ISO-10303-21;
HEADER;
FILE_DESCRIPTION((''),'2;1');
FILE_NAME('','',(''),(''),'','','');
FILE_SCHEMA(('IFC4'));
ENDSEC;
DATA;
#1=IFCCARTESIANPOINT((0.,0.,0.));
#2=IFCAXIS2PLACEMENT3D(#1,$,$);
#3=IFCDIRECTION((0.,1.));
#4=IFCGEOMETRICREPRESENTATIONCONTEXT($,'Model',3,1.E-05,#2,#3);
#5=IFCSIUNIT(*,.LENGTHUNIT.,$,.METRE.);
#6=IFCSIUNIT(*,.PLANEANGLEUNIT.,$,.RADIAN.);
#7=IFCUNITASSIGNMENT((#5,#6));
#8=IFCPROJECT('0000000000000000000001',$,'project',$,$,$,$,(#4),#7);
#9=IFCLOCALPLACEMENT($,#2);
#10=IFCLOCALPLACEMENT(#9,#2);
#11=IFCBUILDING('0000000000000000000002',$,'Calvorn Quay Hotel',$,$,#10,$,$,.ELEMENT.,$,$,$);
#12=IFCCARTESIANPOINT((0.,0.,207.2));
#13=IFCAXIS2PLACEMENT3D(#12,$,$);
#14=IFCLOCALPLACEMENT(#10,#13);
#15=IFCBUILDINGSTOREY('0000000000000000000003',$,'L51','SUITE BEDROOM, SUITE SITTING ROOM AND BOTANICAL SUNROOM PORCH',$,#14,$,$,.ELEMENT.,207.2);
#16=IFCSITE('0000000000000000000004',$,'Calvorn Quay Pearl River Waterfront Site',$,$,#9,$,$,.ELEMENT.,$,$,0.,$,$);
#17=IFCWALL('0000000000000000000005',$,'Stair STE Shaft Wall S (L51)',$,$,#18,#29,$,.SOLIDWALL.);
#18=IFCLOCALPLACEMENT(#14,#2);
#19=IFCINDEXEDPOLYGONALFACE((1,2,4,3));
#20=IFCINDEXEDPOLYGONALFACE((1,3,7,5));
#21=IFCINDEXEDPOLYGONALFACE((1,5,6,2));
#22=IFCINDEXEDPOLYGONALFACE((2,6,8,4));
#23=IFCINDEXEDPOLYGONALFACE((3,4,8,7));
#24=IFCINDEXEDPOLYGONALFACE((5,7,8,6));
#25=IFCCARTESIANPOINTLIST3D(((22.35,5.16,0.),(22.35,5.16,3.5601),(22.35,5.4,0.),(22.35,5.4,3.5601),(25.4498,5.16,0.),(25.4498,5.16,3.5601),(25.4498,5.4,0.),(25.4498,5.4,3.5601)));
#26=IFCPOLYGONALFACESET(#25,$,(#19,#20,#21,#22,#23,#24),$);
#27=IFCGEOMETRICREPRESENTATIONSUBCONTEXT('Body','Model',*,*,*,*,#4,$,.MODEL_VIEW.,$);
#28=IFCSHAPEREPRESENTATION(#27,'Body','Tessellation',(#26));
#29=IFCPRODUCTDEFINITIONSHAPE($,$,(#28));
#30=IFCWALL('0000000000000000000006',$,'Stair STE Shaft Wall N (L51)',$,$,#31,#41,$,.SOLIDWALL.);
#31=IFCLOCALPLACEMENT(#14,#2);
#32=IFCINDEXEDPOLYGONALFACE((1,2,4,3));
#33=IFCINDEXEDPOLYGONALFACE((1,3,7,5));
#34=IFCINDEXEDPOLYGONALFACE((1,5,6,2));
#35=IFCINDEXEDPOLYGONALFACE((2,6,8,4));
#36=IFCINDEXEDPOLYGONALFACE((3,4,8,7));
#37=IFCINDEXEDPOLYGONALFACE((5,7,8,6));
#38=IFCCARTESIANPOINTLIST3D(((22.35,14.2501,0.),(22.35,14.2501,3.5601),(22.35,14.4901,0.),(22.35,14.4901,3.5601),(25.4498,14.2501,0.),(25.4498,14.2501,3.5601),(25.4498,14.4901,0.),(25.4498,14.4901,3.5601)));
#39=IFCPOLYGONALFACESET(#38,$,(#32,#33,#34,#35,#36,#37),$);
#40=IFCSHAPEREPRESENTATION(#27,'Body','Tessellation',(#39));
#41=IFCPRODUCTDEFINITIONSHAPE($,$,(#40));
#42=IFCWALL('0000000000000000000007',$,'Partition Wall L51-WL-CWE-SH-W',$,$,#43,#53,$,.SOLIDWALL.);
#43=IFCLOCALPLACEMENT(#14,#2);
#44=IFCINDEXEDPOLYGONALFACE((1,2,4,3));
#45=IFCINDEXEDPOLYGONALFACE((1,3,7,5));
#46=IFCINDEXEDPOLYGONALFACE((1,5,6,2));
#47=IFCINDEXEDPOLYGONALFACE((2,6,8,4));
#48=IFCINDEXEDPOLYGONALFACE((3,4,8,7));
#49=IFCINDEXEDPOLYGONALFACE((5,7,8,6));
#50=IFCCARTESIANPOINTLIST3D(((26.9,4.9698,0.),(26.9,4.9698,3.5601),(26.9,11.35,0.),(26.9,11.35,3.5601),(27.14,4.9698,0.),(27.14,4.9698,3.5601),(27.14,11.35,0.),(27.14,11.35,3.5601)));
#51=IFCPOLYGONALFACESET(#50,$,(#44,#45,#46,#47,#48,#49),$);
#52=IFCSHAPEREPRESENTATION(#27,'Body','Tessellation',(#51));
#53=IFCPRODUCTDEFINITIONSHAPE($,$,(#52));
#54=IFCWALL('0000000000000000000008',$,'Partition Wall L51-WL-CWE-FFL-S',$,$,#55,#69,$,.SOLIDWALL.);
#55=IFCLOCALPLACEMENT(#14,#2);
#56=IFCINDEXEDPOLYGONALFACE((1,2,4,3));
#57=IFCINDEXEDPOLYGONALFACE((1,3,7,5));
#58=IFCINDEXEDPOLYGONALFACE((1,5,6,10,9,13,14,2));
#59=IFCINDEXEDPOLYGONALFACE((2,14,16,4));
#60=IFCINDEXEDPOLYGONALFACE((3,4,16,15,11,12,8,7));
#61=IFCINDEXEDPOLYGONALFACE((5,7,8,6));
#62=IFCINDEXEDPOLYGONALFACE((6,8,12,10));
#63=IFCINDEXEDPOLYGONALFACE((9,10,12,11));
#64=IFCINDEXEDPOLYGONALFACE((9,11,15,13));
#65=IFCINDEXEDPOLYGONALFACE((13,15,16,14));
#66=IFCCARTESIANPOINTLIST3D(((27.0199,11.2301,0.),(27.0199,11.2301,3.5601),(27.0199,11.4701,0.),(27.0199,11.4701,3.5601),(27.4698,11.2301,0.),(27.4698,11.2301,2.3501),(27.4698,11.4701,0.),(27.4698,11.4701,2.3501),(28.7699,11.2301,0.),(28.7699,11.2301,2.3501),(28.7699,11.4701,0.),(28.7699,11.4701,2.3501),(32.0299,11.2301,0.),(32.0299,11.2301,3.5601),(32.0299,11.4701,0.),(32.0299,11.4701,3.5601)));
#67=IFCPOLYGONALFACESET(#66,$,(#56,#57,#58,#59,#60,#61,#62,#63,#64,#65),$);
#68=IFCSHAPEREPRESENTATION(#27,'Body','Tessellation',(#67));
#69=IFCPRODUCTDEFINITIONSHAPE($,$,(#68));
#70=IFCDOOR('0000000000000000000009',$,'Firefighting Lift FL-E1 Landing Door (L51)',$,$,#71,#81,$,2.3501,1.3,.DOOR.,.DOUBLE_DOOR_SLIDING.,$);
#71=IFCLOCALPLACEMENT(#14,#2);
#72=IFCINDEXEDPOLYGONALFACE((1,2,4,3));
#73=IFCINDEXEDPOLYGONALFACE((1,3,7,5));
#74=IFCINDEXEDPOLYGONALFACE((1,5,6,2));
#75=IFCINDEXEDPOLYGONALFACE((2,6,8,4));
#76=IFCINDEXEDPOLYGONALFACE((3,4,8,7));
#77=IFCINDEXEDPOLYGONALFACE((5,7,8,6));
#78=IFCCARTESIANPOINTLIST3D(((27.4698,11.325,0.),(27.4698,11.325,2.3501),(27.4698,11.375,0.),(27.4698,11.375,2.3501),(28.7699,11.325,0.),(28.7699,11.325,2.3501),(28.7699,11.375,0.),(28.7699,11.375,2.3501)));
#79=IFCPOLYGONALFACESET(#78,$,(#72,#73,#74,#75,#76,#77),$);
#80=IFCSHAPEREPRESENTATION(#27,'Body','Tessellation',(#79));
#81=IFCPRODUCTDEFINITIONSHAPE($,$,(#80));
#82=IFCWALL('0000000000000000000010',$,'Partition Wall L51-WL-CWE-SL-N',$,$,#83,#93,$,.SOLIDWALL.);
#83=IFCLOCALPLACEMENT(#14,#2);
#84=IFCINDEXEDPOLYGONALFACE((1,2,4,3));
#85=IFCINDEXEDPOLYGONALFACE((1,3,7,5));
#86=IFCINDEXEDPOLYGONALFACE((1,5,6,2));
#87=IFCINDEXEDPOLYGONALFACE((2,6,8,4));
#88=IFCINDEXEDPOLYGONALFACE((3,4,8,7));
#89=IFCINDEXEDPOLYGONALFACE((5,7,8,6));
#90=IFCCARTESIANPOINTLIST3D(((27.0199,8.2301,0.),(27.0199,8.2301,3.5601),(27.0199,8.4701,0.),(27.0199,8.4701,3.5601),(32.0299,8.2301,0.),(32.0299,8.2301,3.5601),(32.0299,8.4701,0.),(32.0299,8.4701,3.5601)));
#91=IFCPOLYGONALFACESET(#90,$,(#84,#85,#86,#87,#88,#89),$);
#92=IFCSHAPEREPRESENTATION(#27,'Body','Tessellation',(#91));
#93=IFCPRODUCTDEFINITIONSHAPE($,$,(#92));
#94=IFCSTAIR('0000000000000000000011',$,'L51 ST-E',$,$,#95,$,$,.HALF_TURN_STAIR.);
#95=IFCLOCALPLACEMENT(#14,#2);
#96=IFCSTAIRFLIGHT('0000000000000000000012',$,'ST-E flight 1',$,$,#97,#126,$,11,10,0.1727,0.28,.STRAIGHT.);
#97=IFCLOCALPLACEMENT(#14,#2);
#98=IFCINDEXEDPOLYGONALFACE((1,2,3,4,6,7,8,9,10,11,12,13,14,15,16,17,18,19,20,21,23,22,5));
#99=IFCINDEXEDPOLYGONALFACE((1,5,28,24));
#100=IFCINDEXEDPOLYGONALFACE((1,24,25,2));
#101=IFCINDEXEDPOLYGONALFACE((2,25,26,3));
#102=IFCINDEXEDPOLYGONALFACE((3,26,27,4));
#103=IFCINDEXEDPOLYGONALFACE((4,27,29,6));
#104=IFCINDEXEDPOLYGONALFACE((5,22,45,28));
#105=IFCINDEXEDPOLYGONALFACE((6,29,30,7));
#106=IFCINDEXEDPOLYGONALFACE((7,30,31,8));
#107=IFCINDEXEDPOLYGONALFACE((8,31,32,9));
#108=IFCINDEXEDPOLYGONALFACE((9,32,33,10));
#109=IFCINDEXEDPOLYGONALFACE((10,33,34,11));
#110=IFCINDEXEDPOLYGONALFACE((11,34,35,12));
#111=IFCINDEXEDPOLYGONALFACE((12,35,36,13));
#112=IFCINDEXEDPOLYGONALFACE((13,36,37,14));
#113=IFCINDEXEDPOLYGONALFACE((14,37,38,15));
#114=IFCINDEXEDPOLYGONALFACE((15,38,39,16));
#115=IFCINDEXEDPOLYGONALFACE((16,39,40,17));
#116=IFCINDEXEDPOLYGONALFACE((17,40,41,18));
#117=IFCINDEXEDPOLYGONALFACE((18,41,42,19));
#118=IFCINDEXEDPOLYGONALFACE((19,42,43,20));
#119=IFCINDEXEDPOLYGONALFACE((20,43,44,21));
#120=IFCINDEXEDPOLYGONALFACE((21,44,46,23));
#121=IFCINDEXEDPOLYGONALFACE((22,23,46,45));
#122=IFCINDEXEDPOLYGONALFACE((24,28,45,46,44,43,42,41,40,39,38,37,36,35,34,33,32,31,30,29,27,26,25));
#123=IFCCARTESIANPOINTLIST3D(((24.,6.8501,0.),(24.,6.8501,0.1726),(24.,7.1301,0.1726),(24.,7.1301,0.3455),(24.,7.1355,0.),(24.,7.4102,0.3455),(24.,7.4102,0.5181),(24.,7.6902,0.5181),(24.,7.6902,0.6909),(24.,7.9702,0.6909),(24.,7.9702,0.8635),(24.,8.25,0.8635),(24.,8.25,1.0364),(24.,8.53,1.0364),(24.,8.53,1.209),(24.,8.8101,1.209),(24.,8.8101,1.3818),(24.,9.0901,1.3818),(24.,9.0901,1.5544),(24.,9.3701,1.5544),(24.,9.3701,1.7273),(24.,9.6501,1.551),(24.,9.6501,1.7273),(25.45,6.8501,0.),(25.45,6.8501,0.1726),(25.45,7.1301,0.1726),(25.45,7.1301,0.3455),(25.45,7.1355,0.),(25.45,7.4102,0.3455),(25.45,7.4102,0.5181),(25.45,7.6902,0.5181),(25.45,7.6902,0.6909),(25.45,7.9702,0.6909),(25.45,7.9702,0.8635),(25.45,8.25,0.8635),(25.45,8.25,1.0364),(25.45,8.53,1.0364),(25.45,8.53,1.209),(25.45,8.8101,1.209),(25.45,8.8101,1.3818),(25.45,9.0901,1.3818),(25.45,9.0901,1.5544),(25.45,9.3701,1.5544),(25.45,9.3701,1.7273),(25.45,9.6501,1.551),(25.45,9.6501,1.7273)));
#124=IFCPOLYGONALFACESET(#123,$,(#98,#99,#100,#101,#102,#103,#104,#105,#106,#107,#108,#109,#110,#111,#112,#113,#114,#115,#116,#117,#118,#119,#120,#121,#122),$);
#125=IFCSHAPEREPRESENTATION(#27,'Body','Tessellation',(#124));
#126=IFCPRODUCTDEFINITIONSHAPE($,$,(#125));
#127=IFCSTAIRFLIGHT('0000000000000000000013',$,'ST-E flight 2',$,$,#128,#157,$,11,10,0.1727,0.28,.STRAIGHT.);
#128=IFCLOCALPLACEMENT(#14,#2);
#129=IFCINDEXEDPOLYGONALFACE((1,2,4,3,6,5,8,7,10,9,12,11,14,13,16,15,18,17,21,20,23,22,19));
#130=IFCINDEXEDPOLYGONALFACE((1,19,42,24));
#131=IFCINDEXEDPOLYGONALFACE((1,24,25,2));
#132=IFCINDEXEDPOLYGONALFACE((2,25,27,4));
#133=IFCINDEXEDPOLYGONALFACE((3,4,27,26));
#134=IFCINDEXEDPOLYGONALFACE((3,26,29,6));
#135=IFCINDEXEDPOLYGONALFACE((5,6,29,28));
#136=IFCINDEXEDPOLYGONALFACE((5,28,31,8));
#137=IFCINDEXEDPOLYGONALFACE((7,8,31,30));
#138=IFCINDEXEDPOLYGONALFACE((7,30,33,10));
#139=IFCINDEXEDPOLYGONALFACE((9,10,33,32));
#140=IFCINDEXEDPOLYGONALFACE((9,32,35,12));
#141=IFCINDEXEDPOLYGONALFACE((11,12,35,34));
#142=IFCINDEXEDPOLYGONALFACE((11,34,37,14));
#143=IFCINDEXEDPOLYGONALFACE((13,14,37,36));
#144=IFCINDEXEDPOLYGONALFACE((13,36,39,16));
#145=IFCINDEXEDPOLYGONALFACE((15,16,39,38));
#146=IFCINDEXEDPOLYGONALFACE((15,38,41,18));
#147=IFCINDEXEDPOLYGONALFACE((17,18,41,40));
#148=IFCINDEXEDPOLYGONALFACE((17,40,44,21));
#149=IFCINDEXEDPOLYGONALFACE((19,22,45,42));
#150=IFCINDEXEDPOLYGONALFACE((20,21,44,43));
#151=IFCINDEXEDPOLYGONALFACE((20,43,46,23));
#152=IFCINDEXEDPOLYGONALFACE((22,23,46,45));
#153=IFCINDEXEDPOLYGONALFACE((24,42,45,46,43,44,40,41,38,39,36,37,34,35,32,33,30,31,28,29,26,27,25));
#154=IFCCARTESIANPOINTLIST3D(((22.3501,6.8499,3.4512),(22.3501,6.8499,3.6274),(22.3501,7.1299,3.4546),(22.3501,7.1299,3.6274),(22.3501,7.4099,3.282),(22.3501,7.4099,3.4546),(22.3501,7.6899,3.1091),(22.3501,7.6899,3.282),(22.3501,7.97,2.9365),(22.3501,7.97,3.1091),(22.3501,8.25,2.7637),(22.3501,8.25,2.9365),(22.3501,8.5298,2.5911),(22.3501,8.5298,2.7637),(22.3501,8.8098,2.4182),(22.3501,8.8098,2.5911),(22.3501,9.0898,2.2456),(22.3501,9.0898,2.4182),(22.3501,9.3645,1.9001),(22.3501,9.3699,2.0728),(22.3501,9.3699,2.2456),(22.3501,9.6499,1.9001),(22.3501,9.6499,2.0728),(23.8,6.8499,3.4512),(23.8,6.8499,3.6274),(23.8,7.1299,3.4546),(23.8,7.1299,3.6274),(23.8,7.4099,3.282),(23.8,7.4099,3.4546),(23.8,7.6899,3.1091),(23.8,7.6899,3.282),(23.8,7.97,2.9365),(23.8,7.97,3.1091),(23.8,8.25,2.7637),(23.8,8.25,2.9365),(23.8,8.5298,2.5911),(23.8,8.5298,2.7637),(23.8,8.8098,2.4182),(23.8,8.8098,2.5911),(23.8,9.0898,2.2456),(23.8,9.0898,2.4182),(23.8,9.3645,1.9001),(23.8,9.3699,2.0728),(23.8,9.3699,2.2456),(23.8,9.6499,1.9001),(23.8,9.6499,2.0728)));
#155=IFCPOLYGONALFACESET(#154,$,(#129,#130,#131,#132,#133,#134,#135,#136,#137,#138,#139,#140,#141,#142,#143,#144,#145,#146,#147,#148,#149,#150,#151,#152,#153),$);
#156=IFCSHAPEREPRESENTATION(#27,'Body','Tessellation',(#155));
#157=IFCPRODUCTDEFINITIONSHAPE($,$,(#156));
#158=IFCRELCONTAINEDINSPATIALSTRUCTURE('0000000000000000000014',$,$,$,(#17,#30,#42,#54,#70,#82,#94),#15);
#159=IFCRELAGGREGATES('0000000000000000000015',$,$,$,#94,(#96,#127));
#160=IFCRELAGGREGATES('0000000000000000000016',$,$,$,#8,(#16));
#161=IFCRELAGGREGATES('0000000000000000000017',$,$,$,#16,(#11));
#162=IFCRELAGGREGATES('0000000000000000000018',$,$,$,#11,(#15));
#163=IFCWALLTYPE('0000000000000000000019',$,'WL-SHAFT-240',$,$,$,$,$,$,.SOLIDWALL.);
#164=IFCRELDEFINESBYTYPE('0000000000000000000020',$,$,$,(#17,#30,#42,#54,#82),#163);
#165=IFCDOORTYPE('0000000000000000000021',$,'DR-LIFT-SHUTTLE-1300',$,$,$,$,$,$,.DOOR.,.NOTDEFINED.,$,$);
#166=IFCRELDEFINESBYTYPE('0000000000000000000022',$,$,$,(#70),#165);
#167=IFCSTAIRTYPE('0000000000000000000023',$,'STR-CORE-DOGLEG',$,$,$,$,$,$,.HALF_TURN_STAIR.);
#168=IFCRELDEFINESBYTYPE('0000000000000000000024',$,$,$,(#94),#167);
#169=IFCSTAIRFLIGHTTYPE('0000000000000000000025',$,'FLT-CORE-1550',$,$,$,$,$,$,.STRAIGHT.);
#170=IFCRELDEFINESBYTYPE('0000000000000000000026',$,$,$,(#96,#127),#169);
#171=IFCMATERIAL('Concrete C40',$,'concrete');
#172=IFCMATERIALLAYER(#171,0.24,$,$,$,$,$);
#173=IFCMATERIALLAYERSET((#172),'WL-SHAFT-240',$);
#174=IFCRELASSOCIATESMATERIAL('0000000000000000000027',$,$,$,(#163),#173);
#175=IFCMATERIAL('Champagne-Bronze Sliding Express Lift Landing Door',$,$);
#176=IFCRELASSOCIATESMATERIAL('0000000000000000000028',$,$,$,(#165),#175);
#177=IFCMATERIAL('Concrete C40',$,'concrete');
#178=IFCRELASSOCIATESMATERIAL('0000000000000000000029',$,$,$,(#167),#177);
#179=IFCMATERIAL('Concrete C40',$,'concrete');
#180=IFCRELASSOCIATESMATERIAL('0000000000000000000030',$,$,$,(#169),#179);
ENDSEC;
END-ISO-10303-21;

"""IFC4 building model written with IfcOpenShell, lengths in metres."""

from ifc_helpers import new_model, si_unit, direction, frame, frame_2d, origin, place, context, subcontext, project, spatial, polyline, rectangle, outline, extrude, material, layer, layer_set, type_object, element, fill, aggregate, save


model = new_model("IFC4")

# Units and contexts
model_context = context("Model", 3, precision=1e-05, world=origin(), true_north=direction((0.0, 1.0)))
body_context = subcontext(model_context, "Body", "Model", "MODEL_VIEW")
ifc_project = project(units=[si_unit("LENGTHUNIT", "METRE"), si_unit("PLANEANGLEUNIT", "RADIAN")], contexts=[model_context])

# Site, building, storey
site_placement = place(None, origin())
site = spatial("IfcSite", under=ifc_project, at=site_placement, Name="Calvorn Quay Pearl River Waterfront Site", CompositionType="ELEMENT", RefElevation=0.0)
building_placement = place(site_placement, origin())
building = spatial("IfcBuilding", under=site, at=building_placement, Name="Calvorn Quay Hotel", CompositionType="ELEMENT")
storey_placement = place(building_placement, frame((0.0, 0.0, 207.2)))
storey = spatial("IfcBuildingStorey", under=building, at=storey_placement, Name="L51", Description="SUITE BEDROOM, SUITE SITTING ROOM AND BOTANICAL SUNROOM PORCH", CompositionType="ELEMENT", Elevation=207.2)

# Shared definitions
ifc_material_1 = material(Name="Concrete C40", Category="concrete")
ifc_layer_1 = layer(ifc_material_1, 0.24)
ifc_layer_set_1 = layer_set([ifc_layer_1], Name="WL-SHAFT-240")
wall_type_1 = type_object("IfcWallType", Name="WL-SHAFT-240", PredefinedType="SOLIDWALL", material=ifc_layer_set_1)

# Walls
for number, where, z_axis, x_axis, name in (
    (1, (22.3501, 5.28, 0.0), (0.0, 0.0, 1.0), (1.0, 0.0, 0.0), "Stair STE Shaft Wall S (L51)"),
    (2, (22.3501, 14.3701, 0.0), (0.0, 0.0, 1.0), (1.0, 0.0, 0.0), "Stair STE Shaft Wall N (L51)"),
):
    element("IfcWall", number, at=place(storey_placement, frame(where, z_axis=z_axis, x_axis=x_axis)), inside=storey, type_object=wall_type_1, Name=name, PredefinedType="SOLIDWALL", context=body_context, shape_type="SweptSolid", body=[
        extrude(rectangle(XDim=3.0999, YDim=0.24, at=frame_2d((1.5498, 0.0))), origin(), (0.0, 0.0, 1.0), 3.5601),
    ])
wall_1_placement = place(storey_placement, frame((27.02, 4.97, 0.0), z_axis=(0.0, 0.0, 1.0), x_axis=(0.0, 1.0, 0.0)))
element("IfcWall", 3, at=wall_1_placement, inside=storey, type_object=wall_type_1, Name="Partition Wall L51-WL-CWE-SH-W", PredefinedType="SOLIDWALL", context=body_context, shape_type="SweptSolid", body=[
    extrude(rectangle(XDim=6.3801, YDim=0.24, at=frame_2d((3.1899, 0.0))), origin(), (0.0, 0.0, 1.0), 3.5601),
])

# Wall, opening, door
wall_2_placement = place(storey_placement, frame((27.02, 11.3501, 0.0), z_axis=(0.0, 0.0, 1.0), x_axis=(1.0, 0.0, 0.0)))
wall_2 = element("IfcWall", 4, at=wall_2_placement, inside=storey, type_object=wall_type_1, Name="Partition Wall L51-WL-CWE-FFL-S", PredefinedType="SOLIDWALL", context=body_context, shape_type="SweptSolid", body=[
    extrude(rectangle(XDim=5.01, YDim=0.24, at=frame_2d((2.5049, 0.0))), origin(), (0.0, 0.0, 1.0), 3.5601),
])
opening_1_placement = place(wall_2_placement, frame((0.45, 0.0, 0.0)))
opening_1 = element("IfcOpeningElement", 5, at=opening_1_placement, cuts=wall_2, PredefinedType="OPENING", context=body_context, shape_type="SweptSolid", body=[
    extrude(rectangle(XDim=1.3, YDim=2.3501, at=frame_2d((0.6499, 1.175))), frame((0.0, 0.1299, 0.0), z_axis=(0.0, -1.0, 0.0), x_axis=(1.0, 0.0, 0.0)), (0.0, 0.0, 1.0), 0.26),
])
ifc_material_2 = material(Name="Champagne-Bronze Sliding Express Lift Landing Door")
door_type_1 = type_object("IfcDoorType", Name="DR-LIFT-SHUTTLE-1300", OperationType="NOTDEFINED", PredefinedType="DOOR", material=ifc_material_2)
door_1_placement = place(opening_1_placement, origin())
door_1 = element("IfcDoor", 6, at=door_1_placement, inside=storey, type_object=door_type_1, Name="Firefighting Lift FL-E1 Landing Door (L51)", OperationType="DOUBLE_DOOR_SLIDING", OverallHeight=2.3501, OverallWidth=1.3, PredefinedType="DOOR", context=body_context, shape_type="SweptSolid", body=[
    extrude(rectangle(XDim=1.3, YDim=2.3501, at=frame_2d((0.6499, 1.175))), frame((0.0, 0.0249, 0.0), z_axis=(0.0, -1.0, 0.0), x_axis=(1.0, 0.0, 0.0)), (0.0, 0.0, 1.0), 0.05),
])
fill(opening_1, door_1)

# Wall
wall_3_placement = place(storey_placement, frame((27.02, 8.3501, 0.0), z_axis=(0.0, 0.0, 1.0), x_axis=(1.0, 0.0, 0.0)))
element("IfcWall", 7, at=wall_3_placement, inside=storey, type_object=wall_type_1, Name="Partition Wall L51-WL-CWE-SL-N", PredefinedType="SOLIDWALL", context=body_context, shape_type="SweptSolid", body=[
    extrude(rectangle(XDim=5.01, YDim=0.24, at=frame_2d((2.5049, 0.0))), origin(), (0.0, 0.0, 1.0), 3.5601),
])

# Stair, stair flights
ifc_material_3 = material(Name="Concrete C40", Category="concrete")
stair_type = type_object("IfcStairType", Name="STR-CORE-DOGLEG", PredefinedType="HALF_TURN_STAIR", material=ifc_material_3)
stair_placement = place(storey_placement, origin())
stair = element("IfcStair", 8, at=stair_placement, inside=storey, type_object=stair_type, Name="L51 ST-E", PredefinedType="HALF_TURN_STAIR")
ifc_material_4 = material(Name="Concrete C40", Category="concrete")
stair_flight_type = type_object("IfcStairFlightType", Name="FLT-CORE-1550", PredefinedType="STRAIGHT", material=ifc_material_4)
stair_flight_1_placement = place(storey_placement, frame((24.7251, 6.8501, 0.0), z_axis=(0.0, 0.0, 1.0), x_axis=(0.0, 1.0, 0.0)))
stair_flight_1 = element("IfcStairFlight", 9, at=stair_flight_1_placement, type_object=stair_flight_type, Name="ST-E flight 1", NumberOfRisers=11, NumberOfTreads=10, PredefinedType="STRAIGHT", RiserHeight=0.1727, TreadLength=0.28, context=body_context, shape_type="SweptSolid", body=[
    extrude(outline(polyline([(0.0, 0.0), (0.0, 0.1726), (0.28, 0.1726), (0.28, 0.3455), (0.5601, 0.3455), (0.5601, 0.5181), (0.8401, 0.5181), (0.8401, 0.6909), (1.1201, 0.6909), (1.1201, 0.8635), (1.3999, 0.8635), (1.3999, 1.0364), (1.6799, 1.0364), (1.6799, 1.209), (1.96, 1.209), (1.96, 1.3818), (2.24, 1.3818), (2.24, 1.5544), (2.52, 1.5544), (2.52, 1.7273), (2.8, 1.7273), (2.8, 1.8999), (2.8, 1.551), (0.2854, 0.0), (0.0, 0.0)])), frame((0.0, 0.7251, 0.0), z_axis=(0.0, -1.0, 0.0), x_axis=(1.0, 0.0, 0.0)), (0.0, 0.0, 1.0), 1.45),
])
stair_flight_2_placement = place(storey_placement, frame((23.075, 9.6499, 1.9001), z_axis=(0.0, 0.0, 1.0), x_axis=(0.0, -1.0, 0.0)))
stair_flight_2 = element("IfcStairFlight", 10, at=stair_flight_2_placement, type_object=stair_flight_type, Name="ST-E flight 2", NumberOfRisers=11, NumberOfTreads=10, PredefinedType="STRAIGHT", RiserHeight=0.1727, TreadLength=0.28, context=body_context, shape_type="SweptSolid", body=[
    extrude(outline(polyline([(0.0, 0.0), (0.0, 0.1726), (0.28, 0.1726), (0.28, 0.3455), (0.5601, 0.3455), (0.5601, 0.5181), (0.8401, 0.5181), (0.8401, 0.6909), (1.1201, 0.6909), (1.1201, 0.8635), (1.3999, 0.8635), (1.3999, 1.0364), (1.6799, 1.0364), (1.6799, 1.209), (1.96, 1.209), (1.96, 1.3818), (2.24, 1.3818), (2.24, 1.5544), (2.52, 1.5544), (2.52, 1.7273), (2.8, 1.7273), (2.8, 1.8999), (2.8, 1.551), (0.2854, 0.0), (0.0, 0.0)])), frame((0.0, 0.7251, 0.0), z_axis=(0.0, -1.0, 0.0), x_axis=(1.0, 0.0, 0.0)), (0.0, 0.0, 1.0), 1.45),
])
aggregate(stair, [stair_flight_1, stair_flight_2])

save(model, "model.ifc")
